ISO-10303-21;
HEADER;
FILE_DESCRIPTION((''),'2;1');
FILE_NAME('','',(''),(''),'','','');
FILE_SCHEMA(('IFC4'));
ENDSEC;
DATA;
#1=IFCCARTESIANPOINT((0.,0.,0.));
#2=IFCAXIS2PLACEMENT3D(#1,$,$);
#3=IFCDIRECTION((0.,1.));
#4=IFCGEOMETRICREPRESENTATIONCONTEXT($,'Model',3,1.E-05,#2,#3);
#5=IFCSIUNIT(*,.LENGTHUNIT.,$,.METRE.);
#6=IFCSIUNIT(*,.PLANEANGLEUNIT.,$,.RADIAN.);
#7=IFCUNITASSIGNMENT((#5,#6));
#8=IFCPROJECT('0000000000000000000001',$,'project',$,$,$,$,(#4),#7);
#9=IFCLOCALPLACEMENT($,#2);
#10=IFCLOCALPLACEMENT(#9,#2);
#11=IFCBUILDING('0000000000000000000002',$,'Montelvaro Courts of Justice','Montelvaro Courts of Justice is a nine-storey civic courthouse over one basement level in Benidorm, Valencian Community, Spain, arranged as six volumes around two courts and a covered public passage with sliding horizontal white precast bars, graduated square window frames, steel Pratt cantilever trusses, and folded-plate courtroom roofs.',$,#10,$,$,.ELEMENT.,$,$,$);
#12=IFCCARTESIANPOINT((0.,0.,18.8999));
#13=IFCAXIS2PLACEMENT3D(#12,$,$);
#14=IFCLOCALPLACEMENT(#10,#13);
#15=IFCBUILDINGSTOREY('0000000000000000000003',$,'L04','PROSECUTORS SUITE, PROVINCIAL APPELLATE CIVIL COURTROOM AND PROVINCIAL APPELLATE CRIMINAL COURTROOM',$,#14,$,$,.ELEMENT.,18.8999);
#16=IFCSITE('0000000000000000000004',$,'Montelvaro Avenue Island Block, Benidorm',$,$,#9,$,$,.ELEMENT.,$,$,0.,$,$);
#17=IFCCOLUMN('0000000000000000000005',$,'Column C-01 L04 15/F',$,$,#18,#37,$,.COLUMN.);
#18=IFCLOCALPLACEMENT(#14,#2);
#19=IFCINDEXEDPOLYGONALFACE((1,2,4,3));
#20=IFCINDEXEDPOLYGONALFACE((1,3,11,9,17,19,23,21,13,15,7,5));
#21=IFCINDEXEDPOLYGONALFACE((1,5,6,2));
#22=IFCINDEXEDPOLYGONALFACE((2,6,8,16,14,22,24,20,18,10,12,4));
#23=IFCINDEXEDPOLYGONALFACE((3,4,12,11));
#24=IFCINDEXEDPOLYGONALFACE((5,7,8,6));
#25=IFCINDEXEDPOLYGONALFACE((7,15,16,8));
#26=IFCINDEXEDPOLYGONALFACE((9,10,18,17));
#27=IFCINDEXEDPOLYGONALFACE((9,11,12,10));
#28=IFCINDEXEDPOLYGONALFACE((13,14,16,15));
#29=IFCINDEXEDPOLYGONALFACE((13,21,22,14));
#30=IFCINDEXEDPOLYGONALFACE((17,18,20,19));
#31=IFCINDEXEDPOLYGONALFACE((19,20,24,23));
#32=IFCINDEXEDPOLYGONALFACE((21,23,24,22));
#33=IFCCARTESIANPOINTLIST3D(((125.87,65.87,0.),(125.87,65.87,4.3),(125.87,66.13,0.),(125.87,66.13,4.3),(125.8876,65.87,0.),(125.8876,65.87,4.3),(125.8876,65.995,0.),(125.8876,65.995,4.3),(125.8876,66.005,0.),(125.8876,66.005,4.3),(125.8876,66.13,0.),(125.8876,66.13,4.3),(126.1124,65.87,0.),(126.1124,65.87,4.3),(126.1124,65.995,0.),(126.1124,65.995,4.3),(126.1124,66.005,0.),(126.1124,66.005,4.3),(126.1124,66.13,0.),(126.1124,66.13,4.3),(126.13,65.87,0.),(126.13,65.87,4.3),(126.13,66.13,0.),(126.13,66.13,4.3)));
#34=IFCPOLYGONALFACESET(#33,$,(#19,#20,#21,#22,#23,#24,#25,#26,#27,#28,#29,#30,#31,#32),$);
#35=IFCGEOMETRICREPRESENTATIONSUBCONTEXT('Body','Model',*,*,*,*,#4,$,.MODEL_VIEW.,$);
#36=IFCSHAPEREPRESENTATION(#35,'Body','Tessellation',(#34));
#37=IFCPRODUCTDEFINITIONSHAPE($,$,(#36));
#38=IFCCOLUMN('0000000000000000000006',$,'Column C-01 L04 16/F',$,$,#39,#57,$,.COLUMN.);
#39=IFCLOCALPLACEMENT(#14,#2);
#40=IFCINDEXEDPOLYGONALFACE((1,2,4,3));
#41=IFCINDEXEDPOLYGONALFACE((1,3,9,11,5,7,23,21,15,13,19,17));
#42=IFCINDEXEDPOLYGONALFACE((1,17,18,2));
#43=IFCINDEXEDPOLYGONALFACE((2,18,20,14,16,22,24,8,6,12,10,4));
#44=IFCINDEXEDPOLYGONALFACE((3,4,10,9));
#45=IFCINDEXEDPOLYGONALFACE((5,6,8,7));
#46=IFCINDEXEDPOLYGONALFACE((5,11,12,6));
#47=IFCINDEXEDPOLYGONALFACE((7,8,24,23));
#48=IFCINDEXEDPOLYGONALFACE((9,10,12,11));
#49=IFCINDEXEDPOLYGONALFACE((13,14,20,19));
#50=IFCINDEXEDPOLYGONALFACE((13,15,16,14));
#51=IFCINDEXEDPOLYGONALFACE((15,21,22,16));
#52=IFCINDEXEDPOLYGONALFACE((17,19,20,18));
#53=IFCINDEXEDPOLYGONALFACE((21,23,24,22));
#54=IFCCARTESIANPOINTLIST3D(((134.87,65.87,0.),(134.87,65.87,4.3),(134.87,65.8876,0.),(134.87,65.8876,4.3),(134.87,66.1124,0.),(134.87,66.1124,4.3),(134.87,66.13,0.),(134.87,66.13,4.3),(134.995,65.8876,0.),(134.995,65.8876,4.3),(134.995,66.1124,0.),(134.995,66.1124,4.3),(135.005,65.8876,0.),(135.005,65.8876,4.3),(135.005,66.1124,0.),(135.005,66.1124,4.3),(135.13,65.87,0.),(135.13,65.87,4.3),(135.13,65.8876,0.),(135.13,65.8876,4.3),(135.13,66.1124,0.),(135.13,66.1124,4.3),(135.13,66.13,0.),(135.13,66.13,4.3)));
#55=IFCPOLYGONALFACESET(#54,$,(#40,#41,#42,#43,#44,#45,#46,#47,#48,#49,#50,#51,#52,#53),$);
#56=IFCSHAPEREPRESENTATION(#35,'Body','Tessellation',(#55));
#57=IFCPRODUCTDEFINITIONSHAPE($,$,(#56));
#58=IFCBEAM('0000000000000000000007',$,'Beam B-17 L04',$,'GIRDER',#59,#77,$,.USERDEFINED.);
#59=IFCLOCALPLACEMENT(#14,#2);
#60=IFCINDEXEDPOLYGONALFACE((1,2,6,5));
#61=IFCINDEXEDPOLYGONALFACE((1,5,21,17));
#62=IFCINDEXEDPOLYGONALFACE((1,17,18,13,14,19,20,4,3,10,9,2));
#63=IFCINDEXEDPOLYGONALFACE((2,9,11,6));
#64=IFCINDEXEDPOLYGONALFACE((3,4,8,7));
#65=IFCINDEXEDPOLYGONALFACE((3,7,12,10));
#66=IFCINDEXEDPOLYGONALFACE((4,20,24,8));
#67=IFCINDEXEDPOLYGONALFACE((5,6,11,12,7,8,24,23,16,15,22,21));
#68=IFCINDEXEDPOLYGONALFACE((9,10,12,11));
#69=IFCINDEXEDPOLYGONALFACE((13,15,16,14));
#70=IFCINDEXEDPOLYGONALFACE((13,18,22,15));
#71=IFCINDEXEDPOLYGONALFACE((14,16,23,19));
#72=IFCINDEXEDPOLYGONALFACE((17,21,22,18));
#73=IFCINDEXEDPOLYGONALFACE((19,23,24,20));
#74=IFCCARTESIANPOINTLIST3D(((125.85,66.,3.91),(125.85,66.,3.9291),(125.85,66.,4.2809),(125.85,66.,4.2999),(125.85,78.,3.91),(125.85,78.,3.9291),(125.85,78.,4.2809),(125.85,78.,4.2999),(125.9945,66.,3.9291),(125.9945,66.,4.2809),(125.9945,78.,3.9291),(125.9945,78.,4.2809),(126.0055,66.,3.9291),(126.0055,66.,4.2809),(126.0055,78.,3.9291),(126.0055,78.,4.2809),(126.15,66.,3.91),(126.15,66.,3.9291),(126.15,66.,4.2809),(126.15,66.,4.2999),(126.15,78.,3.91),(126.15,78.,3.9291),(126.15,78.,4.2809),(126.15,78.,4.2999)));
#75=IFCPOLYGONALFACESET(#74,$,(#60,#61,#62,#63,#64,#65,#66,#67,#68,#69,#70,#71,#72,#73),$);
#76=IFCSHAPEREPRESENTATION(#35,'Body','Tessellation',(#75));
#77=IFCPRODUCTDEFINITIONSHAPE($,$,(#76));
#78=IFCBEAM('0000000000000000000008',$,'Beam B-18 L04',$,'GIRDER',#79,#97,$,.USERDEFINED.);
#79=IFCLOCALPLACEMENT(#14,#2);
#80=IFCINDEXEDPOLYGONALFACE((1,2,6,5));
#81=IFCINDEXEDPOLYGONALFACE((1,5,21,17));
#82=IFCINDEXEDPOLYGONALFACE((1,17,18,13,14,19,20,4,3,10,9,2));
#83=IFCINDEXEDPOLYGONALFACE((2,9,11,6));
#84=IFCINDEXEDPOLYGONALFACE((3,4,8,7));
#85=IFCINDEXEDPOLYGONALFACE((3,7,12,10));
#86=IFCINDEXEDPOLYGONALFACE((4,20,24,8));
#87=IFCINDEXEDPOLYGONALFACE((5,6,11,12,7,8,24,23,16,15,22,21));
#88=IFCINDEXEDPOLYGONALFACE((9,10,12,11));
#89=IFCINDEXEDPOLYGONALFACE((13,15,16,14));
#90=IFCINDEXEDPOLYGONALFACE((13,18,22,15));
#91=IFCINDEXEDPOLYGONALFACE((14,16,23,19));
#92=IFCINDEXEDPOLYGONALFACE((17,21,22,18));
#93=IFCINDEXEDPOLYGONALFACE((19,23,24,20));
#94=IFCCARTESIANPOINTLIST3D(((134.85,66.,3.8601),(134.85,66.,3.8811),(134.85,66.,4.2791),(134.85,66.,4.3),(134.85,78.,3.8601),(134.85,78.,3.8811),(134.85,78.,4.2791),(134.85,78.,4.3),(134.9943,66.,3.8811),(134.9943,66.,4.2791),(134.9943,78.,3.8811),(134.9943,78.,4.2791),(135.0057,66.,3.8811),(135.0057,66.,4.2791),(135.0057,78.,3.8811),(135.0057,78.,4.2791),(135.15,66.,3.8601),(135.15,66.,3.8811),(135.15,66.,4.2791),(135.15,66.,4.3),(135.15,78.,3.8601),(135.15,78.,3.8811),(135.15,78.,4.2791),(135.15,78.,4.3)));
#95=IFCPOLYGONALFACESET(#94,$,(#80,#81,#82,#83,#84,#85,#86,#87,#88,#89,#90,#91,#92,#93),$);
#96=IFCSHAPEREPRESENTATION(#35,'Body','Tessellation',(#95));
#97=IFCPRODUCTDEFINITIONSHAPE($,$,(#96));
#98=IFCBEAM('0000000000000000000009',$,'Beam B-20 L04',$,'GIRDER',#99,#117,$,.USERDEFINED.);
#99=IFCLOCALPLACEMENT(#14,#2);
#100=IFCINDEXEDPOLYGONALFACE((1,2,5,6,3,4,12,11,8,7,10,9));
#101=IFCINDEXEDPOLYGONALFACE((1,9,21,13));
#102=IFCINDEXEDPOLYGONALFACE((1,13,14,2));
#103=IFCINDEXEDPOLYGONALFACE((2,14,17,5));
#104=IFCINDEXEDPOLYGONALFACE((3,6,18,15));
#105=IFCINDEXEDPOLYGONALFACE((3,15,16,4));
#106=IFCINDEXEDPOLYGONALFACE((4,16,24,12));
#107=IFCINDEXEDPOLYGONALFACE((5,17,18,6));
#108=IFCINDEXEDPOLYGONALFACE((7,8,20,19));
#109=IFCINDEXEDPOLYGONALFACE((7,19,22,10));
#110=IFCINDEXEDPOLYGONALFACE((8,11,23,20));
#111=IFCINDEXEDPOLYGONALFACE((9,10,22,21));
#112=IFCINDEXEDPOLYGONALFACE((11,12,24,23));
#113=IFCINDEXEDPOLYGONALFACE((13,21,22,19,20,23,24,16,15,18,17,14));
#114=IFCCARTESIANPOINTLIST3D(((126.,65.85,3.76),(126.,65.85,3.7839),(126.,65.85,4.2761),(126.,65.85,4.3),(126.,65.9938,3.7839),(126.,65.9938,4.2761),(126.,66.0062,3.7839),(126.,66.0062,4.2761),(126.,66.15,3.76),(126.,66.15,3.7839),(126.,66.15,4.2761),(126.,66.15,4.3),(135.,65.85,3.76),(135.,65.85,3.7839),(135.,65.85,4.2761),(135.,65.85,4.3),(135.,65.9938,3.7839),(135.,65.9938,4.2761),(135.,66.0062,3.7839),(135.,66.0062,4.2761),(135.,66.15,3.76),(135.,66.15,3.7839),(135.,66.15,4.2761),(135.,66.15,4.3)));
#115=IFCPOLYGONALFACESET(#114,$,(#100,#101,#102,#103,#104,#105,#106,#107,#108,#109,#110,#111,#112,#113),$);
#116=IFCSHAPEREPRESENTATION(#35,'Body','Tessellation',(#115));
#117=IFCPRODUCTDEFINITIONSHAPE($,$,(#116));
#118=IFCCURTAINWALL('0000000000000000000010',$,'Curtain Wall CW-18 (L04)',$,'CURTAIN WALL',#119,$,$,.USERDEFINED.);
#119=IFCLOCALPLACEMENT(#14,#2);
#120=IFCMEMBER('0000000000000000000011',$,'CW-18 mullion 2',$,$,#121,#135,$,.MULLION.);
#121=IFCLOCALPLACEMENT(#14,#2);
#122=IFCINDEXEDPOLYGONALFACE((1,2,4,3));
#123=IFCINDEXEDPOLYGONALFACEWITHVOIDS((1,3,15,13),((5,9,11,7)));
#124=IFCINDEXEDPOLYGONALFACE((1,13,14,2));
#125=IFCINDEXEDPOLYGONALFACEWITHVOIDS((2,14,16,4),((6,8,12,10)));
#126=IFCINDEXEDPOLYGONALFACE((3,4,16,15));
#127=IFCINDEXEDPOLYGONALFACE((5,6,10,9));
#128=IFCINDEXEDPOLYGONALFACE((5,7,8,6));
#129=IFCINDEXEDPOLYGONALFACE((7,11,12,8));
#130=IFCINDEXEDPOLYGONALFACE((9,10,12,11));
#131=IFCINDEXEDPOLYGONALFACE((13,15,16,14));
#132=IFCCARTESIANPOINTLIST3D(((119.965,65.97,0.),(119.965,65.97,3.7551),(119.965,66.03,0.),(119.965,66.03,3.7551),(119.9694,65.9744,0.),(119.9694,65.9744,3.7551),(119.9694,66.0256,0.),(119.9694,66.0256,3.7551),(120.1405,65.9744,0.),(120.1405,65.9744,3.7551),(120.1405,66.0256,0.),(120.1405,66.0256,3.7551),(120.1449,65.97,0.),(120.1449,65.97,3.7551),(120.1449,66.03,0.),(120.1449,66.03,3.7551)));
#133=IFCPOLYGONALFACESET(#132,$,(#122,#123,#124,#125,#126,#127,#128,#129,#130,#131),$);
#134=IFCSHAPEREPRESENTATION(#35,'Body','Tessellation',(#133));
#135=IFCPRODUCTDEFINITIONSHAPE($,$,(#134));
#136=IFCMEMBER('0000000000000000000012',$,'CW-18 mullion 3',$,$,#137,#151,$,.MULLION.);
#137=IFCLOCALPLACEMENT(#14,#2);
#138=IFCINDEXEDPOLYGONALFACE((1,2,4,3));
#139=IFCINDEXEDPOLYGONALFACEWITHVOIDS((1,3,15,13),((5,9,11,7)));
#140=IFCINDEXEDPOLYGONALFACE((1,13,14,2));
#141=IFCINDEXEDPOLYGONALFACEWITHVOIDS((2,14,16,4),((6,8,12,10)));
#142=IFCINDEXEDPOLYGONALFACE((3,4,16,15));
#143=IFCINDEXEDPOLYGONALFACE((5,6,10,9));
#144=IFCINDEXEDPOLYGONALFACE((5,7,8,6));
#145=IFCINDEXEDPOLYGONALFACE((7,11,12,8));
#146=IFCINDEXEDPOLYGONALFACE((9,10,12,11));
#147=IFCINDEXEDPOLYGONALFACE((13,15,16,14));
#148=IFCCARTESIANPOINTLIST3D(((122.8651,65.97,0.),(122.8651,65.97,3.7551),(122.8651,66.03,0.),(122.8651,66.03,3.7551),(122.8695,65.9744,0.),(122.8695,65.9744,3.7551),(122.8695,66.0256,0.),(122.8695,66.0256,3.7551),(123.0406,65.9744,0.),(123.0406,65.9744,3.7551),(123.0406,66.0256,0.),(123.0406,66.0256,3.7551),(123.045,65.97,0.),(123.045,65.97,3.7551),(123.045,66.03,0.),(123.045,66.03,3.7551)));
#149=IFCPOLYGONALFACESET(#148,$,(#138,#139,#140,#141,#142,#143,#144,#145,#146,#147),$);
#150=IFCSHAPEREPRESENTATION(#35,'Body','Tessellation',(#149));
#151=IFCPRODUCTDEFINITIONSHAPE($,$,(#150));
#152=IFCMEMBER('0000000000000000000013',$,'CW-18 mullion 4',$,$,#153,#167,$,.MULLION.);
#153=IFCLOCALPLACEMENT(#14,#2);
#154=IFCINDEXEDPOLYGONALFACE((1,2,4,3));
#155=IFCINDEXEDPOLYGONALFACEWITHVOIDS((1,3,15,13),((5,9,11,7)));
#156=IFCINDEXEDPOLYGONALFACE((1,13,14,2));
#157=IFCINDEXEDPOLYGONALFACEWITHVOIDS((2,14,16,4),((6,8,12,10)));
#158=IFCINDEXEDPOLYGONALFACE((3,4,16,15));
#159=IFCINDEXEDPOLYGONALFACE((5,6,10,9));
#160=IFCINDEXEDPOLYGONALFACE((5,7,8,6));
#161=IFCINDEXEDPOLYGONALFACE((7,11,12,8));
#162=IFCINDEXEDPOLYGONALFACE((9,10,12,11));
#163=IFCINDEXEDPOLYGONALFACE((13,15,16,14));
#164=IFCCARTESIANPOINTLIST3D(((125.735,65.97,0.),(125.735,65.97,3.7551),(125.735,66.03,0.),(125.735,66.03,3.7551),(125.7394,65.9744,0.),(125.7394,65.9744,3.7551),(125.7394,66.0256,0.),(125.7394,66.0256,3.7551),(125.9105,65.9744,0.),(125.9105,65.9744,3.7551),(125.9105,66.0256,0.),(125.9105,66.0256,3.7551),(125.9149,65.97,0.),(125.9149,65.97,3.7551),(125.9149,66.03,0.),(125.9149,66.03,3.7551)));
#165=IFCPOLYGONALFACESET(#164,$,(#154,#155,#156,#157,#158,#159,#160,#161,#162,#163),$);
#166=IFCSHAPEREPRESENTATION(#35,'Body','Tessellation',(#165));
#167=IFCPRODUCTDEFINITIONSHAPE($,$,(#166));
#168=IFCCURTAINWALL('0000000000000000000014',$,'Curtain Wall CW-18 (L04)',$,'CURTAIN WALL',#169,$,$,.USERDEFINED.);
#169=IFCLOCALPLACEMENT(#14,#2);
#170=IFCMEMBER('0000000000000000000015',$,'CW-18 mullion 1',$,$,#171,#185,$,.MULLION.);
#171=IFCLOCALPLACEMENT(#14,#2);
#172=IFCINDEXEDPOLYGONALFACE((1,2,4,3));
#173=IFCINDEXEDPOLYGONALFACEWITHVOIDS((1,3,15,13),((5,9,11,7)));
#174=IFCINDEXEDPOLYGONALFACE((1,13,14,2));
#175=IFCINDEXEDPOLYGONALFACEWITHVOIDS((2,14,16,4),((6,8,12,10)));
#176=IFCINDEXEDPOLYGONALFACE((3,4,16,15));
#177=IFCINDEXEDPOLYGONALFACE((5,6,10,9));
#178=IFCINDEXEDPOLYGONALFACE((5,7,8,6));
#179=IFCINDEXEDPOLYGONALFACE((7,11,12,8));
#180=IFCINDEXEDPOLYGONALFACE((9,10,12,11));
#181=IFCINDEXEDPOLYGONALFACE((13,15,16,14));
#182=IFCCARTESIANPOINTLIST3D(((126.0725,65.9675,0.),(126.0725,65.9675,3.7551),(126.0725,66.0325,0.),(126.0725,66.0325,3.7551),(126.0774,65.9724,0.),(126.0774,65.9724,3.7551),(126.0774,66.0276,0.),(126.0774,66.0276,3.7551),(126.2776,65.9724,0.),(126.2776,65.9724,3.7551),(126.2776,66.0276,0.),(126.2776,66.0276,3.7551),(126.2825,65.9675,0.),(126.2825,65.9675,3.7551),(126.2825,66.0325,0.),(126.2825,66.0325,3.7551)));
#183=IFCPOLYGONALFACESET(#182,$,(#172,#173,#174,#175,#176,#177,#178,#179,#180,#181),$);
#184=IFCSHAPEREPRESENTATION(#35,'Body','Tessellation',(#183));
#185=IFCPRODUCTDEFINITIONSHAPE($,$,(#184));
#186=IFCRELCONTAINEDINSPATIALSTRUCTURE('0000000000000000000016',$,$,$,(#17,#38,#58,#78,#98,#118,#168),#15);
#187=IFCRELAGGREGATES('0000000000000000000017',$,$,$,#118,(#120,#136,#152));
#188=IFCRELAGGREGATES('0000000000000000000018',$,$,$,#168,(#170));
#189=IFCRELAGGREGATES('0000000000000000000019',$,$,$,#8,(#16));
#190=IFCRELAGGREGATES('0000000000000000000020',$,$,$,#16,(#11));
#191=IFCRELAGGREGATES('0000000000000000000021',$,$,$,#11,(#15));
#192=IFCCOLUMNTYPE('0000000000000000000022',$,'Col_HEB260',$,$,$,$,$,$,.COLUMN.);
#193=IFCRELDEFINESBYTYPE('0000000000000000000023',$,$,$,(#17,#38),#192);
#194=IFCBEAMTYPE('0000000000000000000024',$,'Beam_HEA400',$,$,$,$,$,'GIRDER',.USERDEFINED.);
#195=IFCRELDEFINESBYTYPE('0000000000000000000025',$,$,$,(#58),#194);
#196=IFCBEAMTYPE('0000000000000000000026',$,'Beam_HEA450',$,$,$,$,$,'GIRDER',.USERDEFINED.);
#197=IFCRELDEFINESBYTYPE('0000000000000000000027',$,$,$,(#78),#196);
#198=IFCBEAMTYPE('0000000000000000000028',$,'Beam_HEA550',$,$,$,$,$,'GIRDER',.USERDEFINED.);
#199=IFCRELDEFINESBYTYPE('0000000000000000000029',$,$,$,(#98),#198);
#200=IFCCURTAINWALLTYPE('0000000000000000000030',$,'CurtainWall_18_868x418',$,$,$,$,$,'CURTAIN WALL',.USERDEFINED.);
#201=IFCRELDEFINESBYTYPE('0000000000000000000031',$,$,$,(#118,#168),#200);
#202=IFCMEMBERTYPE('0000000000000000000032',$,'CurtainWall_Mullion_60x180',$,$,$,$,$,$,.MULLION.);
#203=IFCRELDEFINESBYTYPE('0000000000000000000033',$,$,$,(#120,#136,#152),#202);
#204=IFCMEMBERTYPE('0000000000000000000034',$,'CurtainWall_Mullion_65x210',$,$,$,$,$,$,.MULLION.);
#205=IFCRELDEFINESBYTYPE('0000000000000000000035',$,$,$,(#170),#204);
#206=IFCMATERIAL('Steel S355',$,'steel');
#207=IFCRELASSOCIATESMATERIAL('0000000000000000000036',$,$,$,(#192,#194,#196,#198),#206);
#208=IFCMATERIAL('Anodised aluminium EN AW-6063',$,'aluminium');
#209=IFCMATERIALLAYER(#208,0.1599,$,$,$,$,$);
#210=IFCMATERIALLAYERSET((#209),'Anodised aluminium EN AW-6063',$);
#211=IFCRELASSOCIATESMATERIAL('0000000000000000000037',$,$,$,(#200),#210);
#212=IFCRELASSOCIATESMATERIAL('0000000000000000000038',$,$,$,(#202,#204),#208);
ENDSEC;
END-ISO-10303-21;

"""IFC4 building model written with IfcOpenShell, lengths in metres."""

from ifc_helpers import new_model, si_unit, direction, frame, origin, origin_2d, place, context, subcontext, project, spatial, hollow_rectangle, i_section, extrude, material, layer, layer_set, material_profile, profile_set, type_object, element, aggregate, save


model = new_model("IFC4")

# Units and contexts
model_context = context("Model", 3, precision=1e-05, world=origin(), true_north=direction((0.0, 1.0)))
body_context = subcontext(model_context, "Body", "Model", "MODEL_VIEW")
ifc_project = project(units=[si_unit("LENGTHUNIT", "METRE"), si_unit("PLANEANGLEUNIT", "RADIAN")], contexts=[model_context])

# Site, building, storey
site_placement = place(None, origin())
site = spatial("IfcSite", under=ifc_project, at=site_placement, Name="Montelvaro Avenue Island Block, Benidorm", CompositionType="ELEMENT", RefElevation=0.0)
building_placement = place(site_placement, origin())
building = spatial("IfcBuilding", under=site, at=building_placement, Name="Montelvaro Courts of Justice", Description="Montelvaro Courts of Justice is a nine-storey civic courthouse over one basement level in Benidorm, Valencian Community, Spain, arranged as six volumes around two courts and a covered public passage with sliding horizontal white precast bars, graduated square window frames, steel Pratt cantilever trusses, and folded-plate courtroom roofs.", CompositionType="ELEMENT")
storey_placement = place(building_placement, frame((0.0, 0.0, 18.8999)))
storey = spatial("IfcBuildingStorey", under=building, at=storey_placement, Name="L04", Description="PROSECUTORS SUITE, PROVINCIAL APPELLATE CIVIL COURTROOM AND PROVINCIAL APPELLATE CRIMINAL COURTROOM", CompositionType="ELEMENT", Elevation=18.8999)

# Columns
ifc_material_1 = material(Name="Steel S355", Category="steel")
ifc_material_profile_1 = material_profile(ifc_material_1, i_section(OverallWidth=0.26, OverallDepth=0.26, WebThickness=0.01, FlangeThickness=0.0176, at=origin_2d()), Name="HEB 260")
ifc_profile_set_1 = profile_set([ifc_material_profile_1], Name="Steel S355")
column_type = type_object("IfcColumnType", Name="Col_HEB260", PredefinedType="COLUMN", material=ifc_profile_set_1)
for number, where, z_axis, x_axis, name in (
    (1, (126.0, 66.0, 0.0), (0.0, 0.0, 1.0), (0.0, 1.0, 0.0), "Column C-01 L04 15/F"),
    (2, (135.0, 66.0, 0.0), (0.0, 0.0, 1.0), (1.0, 0.0, 0.0), "Column C-01 L04 16/F"),
):
    element("IfcColumn", number, at=place(storey_placement, frame(where, z_axis=z_axis, x_axis=x_axis)), inside=storey, type_object=column_type, Name=name, PredefinedType="COLUMN", context=body_context, shape_type="SweptSolid", body=[
        extrude(i_section(OverallWidth=0.26, OverallDepth=0.26, WebThickness=0.01, FlangeThickness=0.0176, at=origin_2d()), origin(), (0.0, 0.0, 1.0), 4.3),
    ])

# Beams
ifc_material_profile_2 = material_profile(ifc_material_1, i_section(OverallWidth=0.3, OverallDepth=0.3899, WebThickness=0.011, FlangeThickness=0.019, at=origin_2d()), Name="HEA 400")
ifc_profile_set_2 = profile_set([ifc_material_profile_2], Name="Steel S355")
beam_type_1 = type_object("IfcBeamType", Name="Beam_HEA400", ElementType="GIRDER", PredefinedType="USERDEFINED", material=ifc_profile_set_2)
beam_1_placement = place(storey_placement, frame((126.0, 66.0, 4.105), z_axis=(0.0, 1.0, 0.0), x_axis=(-1.0, 0.0, 0.0)))
element("IfcBeam", 3, at=beam_1_placement, inside=storey, type_object=beam_type_1, Name="Beam B-17 L04", ObjectType="GIRDER", PredefinedType="USERDEFINED", context=body_context, shape_type="SweptSolid", body=[
    extrude(i_section(OverallWidth=0.3, OverallDepth=0.3899, WebThickness=0.011, FlangeThickness=0.019, at=origin_2d()), origin(), (0.0, 0.0, 1.0), 12.0),
])
ifc_material_profile_3 = material_profile(ifc_material_1, i_section(OverallWidth=0.3, OverallDepth=0.4399, WebThickness=0.0115, FlangeThickness=0.021, at=origin_2d()), Name="HEA 450")
ifc_profile_set_3 = profile_set([ifc_material_profile_3], Name="Steel S355")
beam_type_2 = type_object("IfcBeamType", Name="Beam_HEA450", ElementType="GIRDER", PredefinedType="USERDEFINED", material=ifc_profile_set_3)
beam_2_placement = place(storey_placement, frame((135.0, 66.0, 4.0801), z_axis=(0.0, 1.0, 0.0), x_axis=(-1.0, 0.0, 0.0)))
element("IfcBeam", 4, at=beam_2_placement, inside=storey, type_object=beam_type_2, Name="Beam B-18 L04", ObjectType="GIRDER", PredefinedType="USERDEFINED", context=body_context, shape_type="SweptSolid", body=[
    extrude(i_section(OverallWidth=0.3, OverallDepth=0.4399, WebThickness=0.0115, FlangeThickness=0.021, at=origin_2d()), origin(), (0.0, 0.0, 1.0), 12.0),
])
ifc_material_profile_4 = material_profile(ifc_material_1, i_section(OverallWidth=0.3, OverallDepth=0.54, WebThickness=0.0125, FlangeThickness=0.0239, at=origin_2d()), Name="HEA 550")
ifc_profile_set_4 = profile_set([ifc_material_profile_4], Name="Steel S355")
beam_type_3 = type_object("IfcBeamType", Name="Beam_HEA550", ElementType="GIRDER", PredefinedType="USERDEFINED", material=ifc_profile_set_4)
beam_3_placement = place(storey_placement, frame((126.0, 66.0, 4.03), z_axis=(1.0, 0.0, 0.0), x_axis=(0.0, 1.0, 0.0)))
element("IfcBeam", 5, at=beam_3_placement, inside=storey, type_object=beam_type_3, Name="Beam B-20 L04", ObjectType="GIRDER", PredefinedType="USERDEFINED", context=body_context, shape_type="SweptSolid", body=[
    extrude(i_section(OverallWidth=0.3, OverallDepth=0.54, WebThickness=0.0125, FlangeThickness=0.0239, at=origin_2d()), origin(), (0.0, 0.0, 1.0), 9.0),
])

# Curtain walls, members
ifc_material_2 = material(Name="Anodised aluminium EN AW-6063", Category="aluminium")
ifc_layer_1 = layer(ifc_material_2, 0.1599)
ifc_layer_set_1 = layer_set([ifc_layer_1], Name="Anodised aluminium EN AW-6063")
curtain_wall_type = type_object("IfcCurtainWallType", Name="CurtainWall_18_868x418", ElementType="CURTAIN WALL", PredefinedType="USERDEFINED", material=ifc_layer_set_1)
curtain_wall_1_placement = place(storey_placement, origin())
curtain_wall_1 = element("IfcCurtainWall", 6, at=curtain_wall_1_placement, inside=storey, type_object=curtain_wall_type, Name="Curtain Wall CW-18 (L04)", ObjectType="CURTAIN WALL", PredefinedType="USERDEFINED")
ifc_material_profile_5 = material_profile(ifc_material_2, hollow_rectangle(XDim=0.0601, YDim=0.1799, WallThickness=0.0044, at=origin_2d()), Name="ALU-M 60x180")
ifc_profile_set_5 = profile_set([ifc_material_profile_5], Name="Anodised aluminium EN AW-6063")
member_type_1 = type_object("IfcMemberType", Name="CurtainWall_Mullion_60x180", PredefinedType="MULLION", material=ifc_profile_set_5)
member_1_placement = place(storey_placement, frame((120.0549, 66.0, 0.0), z_axis=(0.0, 0.0, 1.0), x_axis=(0.0, 1.0, 0.0)))
member_1 = element("IfcMember", 7, at=member_1_placement, type_object=member_type_1, Name="CW-18 mullion 2", PredefinedType="MULLION", context=body_context, shape_type="SweptSolid", body=[
    extrude(hollow_rectangle(XDim=0.0601, YDim=0.1799, WallThickness=0.0044, at=origin_2d()), origin(), (0.0, 0.0, 1.0), 3.7551),
])
member_2_placement = place(storey_placement, frame((122.9551, 66.0, 0.0), z_axis=(0.0, 0.0, 1.0), x_axis=(0.0, 1.0, 0.0)))
member_2 = element("IfcMember", 8, at=member_2_placement, type_object=member_type_1, Name="CW-18 mullion 3", PredefinedType="MULLION", context=body_context, shape_type="SweptSolid", body=[
    extrude(hollow_rectangle(XDim=0.0601, YDim=0.1799, WallThickness=0.0044, at=origin_2d()), origin(), (0.0, 0.0, 1.0), 3.7551),
])
member_3_placement = place(storey_placement, frame((125.825, 66.0, 0.0), z_axis=(0.0, 0.0, 1.0), x_axis=(0.0, 1.0, 0.0)))
member_3 = element("IfcMember", 9, at=member_3_placement, type_object=member_type_1, Name="CW-18 mullion 4", PredefinedType="MULLION", context=body_context, shape_type="SweptSolid", body=[
    extrude(hollow_rectangle(XDim=0.0601, YDim=0.1799, WallThickness=0.0044, at=origin_2d()), origin(), (0.0, 0.0, 1.0), 3.7551),
])
curtain_wall_2_placement = place(storey_placement, origin())
curtain_wall_2 = element("IfcCurtainWall", 10, at=curtain_wall_2_placement, inside=storey, type_object=curtain_wall_type, Name="Curtain Wall CW-18 (L04)", ObjectType="CURTAIN WALL", PredefinedType="USERDEFINED")
ifc_material_profile_6 = material_profile(ifc_material_2, hollow_rectangle(XDim=0.0649, YDim=0.21, WallThickness=0.0049, at=origin_2d()), Name="ALU-M 65x210")
ifc_profile_set_6 = profile_set([ifc_material_profile_6], Name="Anodised aluminium EN AW-6063")
member_type_2 = type_object("IfcMemberType", Name="CurtainWall_Mullion_65x210", PredefinedType="MULLION", material=ifc_profile_set_6)
member_4_placement = place(storey_placement, frame((126.1775, 66.0, 0.0), z_axis=(0.0, 0.0, 1.0), x_axis=(0.0, 1.0, 0.0)))
member_4 = element("IfcMember", 11, at=member_4_placement, type_object=member_type_2, Name="CW-18 mullion 1", PredefinedType="MULLION", context=body_context, shape_type="SweptSolid", body=[
    extrude(hollow_rectangle(XDim=0.0649, YDim=0.21, WallThickness=0.0049, at=origin_2d()), origin(), (0.0, 0.0, 1.0), 3.7551),
])

aggregate(curtain_wall_1, [member_1, member_2, member_3])
aggregate(curtain_wall_2, [member_4])

save(model, "model.ifc")
